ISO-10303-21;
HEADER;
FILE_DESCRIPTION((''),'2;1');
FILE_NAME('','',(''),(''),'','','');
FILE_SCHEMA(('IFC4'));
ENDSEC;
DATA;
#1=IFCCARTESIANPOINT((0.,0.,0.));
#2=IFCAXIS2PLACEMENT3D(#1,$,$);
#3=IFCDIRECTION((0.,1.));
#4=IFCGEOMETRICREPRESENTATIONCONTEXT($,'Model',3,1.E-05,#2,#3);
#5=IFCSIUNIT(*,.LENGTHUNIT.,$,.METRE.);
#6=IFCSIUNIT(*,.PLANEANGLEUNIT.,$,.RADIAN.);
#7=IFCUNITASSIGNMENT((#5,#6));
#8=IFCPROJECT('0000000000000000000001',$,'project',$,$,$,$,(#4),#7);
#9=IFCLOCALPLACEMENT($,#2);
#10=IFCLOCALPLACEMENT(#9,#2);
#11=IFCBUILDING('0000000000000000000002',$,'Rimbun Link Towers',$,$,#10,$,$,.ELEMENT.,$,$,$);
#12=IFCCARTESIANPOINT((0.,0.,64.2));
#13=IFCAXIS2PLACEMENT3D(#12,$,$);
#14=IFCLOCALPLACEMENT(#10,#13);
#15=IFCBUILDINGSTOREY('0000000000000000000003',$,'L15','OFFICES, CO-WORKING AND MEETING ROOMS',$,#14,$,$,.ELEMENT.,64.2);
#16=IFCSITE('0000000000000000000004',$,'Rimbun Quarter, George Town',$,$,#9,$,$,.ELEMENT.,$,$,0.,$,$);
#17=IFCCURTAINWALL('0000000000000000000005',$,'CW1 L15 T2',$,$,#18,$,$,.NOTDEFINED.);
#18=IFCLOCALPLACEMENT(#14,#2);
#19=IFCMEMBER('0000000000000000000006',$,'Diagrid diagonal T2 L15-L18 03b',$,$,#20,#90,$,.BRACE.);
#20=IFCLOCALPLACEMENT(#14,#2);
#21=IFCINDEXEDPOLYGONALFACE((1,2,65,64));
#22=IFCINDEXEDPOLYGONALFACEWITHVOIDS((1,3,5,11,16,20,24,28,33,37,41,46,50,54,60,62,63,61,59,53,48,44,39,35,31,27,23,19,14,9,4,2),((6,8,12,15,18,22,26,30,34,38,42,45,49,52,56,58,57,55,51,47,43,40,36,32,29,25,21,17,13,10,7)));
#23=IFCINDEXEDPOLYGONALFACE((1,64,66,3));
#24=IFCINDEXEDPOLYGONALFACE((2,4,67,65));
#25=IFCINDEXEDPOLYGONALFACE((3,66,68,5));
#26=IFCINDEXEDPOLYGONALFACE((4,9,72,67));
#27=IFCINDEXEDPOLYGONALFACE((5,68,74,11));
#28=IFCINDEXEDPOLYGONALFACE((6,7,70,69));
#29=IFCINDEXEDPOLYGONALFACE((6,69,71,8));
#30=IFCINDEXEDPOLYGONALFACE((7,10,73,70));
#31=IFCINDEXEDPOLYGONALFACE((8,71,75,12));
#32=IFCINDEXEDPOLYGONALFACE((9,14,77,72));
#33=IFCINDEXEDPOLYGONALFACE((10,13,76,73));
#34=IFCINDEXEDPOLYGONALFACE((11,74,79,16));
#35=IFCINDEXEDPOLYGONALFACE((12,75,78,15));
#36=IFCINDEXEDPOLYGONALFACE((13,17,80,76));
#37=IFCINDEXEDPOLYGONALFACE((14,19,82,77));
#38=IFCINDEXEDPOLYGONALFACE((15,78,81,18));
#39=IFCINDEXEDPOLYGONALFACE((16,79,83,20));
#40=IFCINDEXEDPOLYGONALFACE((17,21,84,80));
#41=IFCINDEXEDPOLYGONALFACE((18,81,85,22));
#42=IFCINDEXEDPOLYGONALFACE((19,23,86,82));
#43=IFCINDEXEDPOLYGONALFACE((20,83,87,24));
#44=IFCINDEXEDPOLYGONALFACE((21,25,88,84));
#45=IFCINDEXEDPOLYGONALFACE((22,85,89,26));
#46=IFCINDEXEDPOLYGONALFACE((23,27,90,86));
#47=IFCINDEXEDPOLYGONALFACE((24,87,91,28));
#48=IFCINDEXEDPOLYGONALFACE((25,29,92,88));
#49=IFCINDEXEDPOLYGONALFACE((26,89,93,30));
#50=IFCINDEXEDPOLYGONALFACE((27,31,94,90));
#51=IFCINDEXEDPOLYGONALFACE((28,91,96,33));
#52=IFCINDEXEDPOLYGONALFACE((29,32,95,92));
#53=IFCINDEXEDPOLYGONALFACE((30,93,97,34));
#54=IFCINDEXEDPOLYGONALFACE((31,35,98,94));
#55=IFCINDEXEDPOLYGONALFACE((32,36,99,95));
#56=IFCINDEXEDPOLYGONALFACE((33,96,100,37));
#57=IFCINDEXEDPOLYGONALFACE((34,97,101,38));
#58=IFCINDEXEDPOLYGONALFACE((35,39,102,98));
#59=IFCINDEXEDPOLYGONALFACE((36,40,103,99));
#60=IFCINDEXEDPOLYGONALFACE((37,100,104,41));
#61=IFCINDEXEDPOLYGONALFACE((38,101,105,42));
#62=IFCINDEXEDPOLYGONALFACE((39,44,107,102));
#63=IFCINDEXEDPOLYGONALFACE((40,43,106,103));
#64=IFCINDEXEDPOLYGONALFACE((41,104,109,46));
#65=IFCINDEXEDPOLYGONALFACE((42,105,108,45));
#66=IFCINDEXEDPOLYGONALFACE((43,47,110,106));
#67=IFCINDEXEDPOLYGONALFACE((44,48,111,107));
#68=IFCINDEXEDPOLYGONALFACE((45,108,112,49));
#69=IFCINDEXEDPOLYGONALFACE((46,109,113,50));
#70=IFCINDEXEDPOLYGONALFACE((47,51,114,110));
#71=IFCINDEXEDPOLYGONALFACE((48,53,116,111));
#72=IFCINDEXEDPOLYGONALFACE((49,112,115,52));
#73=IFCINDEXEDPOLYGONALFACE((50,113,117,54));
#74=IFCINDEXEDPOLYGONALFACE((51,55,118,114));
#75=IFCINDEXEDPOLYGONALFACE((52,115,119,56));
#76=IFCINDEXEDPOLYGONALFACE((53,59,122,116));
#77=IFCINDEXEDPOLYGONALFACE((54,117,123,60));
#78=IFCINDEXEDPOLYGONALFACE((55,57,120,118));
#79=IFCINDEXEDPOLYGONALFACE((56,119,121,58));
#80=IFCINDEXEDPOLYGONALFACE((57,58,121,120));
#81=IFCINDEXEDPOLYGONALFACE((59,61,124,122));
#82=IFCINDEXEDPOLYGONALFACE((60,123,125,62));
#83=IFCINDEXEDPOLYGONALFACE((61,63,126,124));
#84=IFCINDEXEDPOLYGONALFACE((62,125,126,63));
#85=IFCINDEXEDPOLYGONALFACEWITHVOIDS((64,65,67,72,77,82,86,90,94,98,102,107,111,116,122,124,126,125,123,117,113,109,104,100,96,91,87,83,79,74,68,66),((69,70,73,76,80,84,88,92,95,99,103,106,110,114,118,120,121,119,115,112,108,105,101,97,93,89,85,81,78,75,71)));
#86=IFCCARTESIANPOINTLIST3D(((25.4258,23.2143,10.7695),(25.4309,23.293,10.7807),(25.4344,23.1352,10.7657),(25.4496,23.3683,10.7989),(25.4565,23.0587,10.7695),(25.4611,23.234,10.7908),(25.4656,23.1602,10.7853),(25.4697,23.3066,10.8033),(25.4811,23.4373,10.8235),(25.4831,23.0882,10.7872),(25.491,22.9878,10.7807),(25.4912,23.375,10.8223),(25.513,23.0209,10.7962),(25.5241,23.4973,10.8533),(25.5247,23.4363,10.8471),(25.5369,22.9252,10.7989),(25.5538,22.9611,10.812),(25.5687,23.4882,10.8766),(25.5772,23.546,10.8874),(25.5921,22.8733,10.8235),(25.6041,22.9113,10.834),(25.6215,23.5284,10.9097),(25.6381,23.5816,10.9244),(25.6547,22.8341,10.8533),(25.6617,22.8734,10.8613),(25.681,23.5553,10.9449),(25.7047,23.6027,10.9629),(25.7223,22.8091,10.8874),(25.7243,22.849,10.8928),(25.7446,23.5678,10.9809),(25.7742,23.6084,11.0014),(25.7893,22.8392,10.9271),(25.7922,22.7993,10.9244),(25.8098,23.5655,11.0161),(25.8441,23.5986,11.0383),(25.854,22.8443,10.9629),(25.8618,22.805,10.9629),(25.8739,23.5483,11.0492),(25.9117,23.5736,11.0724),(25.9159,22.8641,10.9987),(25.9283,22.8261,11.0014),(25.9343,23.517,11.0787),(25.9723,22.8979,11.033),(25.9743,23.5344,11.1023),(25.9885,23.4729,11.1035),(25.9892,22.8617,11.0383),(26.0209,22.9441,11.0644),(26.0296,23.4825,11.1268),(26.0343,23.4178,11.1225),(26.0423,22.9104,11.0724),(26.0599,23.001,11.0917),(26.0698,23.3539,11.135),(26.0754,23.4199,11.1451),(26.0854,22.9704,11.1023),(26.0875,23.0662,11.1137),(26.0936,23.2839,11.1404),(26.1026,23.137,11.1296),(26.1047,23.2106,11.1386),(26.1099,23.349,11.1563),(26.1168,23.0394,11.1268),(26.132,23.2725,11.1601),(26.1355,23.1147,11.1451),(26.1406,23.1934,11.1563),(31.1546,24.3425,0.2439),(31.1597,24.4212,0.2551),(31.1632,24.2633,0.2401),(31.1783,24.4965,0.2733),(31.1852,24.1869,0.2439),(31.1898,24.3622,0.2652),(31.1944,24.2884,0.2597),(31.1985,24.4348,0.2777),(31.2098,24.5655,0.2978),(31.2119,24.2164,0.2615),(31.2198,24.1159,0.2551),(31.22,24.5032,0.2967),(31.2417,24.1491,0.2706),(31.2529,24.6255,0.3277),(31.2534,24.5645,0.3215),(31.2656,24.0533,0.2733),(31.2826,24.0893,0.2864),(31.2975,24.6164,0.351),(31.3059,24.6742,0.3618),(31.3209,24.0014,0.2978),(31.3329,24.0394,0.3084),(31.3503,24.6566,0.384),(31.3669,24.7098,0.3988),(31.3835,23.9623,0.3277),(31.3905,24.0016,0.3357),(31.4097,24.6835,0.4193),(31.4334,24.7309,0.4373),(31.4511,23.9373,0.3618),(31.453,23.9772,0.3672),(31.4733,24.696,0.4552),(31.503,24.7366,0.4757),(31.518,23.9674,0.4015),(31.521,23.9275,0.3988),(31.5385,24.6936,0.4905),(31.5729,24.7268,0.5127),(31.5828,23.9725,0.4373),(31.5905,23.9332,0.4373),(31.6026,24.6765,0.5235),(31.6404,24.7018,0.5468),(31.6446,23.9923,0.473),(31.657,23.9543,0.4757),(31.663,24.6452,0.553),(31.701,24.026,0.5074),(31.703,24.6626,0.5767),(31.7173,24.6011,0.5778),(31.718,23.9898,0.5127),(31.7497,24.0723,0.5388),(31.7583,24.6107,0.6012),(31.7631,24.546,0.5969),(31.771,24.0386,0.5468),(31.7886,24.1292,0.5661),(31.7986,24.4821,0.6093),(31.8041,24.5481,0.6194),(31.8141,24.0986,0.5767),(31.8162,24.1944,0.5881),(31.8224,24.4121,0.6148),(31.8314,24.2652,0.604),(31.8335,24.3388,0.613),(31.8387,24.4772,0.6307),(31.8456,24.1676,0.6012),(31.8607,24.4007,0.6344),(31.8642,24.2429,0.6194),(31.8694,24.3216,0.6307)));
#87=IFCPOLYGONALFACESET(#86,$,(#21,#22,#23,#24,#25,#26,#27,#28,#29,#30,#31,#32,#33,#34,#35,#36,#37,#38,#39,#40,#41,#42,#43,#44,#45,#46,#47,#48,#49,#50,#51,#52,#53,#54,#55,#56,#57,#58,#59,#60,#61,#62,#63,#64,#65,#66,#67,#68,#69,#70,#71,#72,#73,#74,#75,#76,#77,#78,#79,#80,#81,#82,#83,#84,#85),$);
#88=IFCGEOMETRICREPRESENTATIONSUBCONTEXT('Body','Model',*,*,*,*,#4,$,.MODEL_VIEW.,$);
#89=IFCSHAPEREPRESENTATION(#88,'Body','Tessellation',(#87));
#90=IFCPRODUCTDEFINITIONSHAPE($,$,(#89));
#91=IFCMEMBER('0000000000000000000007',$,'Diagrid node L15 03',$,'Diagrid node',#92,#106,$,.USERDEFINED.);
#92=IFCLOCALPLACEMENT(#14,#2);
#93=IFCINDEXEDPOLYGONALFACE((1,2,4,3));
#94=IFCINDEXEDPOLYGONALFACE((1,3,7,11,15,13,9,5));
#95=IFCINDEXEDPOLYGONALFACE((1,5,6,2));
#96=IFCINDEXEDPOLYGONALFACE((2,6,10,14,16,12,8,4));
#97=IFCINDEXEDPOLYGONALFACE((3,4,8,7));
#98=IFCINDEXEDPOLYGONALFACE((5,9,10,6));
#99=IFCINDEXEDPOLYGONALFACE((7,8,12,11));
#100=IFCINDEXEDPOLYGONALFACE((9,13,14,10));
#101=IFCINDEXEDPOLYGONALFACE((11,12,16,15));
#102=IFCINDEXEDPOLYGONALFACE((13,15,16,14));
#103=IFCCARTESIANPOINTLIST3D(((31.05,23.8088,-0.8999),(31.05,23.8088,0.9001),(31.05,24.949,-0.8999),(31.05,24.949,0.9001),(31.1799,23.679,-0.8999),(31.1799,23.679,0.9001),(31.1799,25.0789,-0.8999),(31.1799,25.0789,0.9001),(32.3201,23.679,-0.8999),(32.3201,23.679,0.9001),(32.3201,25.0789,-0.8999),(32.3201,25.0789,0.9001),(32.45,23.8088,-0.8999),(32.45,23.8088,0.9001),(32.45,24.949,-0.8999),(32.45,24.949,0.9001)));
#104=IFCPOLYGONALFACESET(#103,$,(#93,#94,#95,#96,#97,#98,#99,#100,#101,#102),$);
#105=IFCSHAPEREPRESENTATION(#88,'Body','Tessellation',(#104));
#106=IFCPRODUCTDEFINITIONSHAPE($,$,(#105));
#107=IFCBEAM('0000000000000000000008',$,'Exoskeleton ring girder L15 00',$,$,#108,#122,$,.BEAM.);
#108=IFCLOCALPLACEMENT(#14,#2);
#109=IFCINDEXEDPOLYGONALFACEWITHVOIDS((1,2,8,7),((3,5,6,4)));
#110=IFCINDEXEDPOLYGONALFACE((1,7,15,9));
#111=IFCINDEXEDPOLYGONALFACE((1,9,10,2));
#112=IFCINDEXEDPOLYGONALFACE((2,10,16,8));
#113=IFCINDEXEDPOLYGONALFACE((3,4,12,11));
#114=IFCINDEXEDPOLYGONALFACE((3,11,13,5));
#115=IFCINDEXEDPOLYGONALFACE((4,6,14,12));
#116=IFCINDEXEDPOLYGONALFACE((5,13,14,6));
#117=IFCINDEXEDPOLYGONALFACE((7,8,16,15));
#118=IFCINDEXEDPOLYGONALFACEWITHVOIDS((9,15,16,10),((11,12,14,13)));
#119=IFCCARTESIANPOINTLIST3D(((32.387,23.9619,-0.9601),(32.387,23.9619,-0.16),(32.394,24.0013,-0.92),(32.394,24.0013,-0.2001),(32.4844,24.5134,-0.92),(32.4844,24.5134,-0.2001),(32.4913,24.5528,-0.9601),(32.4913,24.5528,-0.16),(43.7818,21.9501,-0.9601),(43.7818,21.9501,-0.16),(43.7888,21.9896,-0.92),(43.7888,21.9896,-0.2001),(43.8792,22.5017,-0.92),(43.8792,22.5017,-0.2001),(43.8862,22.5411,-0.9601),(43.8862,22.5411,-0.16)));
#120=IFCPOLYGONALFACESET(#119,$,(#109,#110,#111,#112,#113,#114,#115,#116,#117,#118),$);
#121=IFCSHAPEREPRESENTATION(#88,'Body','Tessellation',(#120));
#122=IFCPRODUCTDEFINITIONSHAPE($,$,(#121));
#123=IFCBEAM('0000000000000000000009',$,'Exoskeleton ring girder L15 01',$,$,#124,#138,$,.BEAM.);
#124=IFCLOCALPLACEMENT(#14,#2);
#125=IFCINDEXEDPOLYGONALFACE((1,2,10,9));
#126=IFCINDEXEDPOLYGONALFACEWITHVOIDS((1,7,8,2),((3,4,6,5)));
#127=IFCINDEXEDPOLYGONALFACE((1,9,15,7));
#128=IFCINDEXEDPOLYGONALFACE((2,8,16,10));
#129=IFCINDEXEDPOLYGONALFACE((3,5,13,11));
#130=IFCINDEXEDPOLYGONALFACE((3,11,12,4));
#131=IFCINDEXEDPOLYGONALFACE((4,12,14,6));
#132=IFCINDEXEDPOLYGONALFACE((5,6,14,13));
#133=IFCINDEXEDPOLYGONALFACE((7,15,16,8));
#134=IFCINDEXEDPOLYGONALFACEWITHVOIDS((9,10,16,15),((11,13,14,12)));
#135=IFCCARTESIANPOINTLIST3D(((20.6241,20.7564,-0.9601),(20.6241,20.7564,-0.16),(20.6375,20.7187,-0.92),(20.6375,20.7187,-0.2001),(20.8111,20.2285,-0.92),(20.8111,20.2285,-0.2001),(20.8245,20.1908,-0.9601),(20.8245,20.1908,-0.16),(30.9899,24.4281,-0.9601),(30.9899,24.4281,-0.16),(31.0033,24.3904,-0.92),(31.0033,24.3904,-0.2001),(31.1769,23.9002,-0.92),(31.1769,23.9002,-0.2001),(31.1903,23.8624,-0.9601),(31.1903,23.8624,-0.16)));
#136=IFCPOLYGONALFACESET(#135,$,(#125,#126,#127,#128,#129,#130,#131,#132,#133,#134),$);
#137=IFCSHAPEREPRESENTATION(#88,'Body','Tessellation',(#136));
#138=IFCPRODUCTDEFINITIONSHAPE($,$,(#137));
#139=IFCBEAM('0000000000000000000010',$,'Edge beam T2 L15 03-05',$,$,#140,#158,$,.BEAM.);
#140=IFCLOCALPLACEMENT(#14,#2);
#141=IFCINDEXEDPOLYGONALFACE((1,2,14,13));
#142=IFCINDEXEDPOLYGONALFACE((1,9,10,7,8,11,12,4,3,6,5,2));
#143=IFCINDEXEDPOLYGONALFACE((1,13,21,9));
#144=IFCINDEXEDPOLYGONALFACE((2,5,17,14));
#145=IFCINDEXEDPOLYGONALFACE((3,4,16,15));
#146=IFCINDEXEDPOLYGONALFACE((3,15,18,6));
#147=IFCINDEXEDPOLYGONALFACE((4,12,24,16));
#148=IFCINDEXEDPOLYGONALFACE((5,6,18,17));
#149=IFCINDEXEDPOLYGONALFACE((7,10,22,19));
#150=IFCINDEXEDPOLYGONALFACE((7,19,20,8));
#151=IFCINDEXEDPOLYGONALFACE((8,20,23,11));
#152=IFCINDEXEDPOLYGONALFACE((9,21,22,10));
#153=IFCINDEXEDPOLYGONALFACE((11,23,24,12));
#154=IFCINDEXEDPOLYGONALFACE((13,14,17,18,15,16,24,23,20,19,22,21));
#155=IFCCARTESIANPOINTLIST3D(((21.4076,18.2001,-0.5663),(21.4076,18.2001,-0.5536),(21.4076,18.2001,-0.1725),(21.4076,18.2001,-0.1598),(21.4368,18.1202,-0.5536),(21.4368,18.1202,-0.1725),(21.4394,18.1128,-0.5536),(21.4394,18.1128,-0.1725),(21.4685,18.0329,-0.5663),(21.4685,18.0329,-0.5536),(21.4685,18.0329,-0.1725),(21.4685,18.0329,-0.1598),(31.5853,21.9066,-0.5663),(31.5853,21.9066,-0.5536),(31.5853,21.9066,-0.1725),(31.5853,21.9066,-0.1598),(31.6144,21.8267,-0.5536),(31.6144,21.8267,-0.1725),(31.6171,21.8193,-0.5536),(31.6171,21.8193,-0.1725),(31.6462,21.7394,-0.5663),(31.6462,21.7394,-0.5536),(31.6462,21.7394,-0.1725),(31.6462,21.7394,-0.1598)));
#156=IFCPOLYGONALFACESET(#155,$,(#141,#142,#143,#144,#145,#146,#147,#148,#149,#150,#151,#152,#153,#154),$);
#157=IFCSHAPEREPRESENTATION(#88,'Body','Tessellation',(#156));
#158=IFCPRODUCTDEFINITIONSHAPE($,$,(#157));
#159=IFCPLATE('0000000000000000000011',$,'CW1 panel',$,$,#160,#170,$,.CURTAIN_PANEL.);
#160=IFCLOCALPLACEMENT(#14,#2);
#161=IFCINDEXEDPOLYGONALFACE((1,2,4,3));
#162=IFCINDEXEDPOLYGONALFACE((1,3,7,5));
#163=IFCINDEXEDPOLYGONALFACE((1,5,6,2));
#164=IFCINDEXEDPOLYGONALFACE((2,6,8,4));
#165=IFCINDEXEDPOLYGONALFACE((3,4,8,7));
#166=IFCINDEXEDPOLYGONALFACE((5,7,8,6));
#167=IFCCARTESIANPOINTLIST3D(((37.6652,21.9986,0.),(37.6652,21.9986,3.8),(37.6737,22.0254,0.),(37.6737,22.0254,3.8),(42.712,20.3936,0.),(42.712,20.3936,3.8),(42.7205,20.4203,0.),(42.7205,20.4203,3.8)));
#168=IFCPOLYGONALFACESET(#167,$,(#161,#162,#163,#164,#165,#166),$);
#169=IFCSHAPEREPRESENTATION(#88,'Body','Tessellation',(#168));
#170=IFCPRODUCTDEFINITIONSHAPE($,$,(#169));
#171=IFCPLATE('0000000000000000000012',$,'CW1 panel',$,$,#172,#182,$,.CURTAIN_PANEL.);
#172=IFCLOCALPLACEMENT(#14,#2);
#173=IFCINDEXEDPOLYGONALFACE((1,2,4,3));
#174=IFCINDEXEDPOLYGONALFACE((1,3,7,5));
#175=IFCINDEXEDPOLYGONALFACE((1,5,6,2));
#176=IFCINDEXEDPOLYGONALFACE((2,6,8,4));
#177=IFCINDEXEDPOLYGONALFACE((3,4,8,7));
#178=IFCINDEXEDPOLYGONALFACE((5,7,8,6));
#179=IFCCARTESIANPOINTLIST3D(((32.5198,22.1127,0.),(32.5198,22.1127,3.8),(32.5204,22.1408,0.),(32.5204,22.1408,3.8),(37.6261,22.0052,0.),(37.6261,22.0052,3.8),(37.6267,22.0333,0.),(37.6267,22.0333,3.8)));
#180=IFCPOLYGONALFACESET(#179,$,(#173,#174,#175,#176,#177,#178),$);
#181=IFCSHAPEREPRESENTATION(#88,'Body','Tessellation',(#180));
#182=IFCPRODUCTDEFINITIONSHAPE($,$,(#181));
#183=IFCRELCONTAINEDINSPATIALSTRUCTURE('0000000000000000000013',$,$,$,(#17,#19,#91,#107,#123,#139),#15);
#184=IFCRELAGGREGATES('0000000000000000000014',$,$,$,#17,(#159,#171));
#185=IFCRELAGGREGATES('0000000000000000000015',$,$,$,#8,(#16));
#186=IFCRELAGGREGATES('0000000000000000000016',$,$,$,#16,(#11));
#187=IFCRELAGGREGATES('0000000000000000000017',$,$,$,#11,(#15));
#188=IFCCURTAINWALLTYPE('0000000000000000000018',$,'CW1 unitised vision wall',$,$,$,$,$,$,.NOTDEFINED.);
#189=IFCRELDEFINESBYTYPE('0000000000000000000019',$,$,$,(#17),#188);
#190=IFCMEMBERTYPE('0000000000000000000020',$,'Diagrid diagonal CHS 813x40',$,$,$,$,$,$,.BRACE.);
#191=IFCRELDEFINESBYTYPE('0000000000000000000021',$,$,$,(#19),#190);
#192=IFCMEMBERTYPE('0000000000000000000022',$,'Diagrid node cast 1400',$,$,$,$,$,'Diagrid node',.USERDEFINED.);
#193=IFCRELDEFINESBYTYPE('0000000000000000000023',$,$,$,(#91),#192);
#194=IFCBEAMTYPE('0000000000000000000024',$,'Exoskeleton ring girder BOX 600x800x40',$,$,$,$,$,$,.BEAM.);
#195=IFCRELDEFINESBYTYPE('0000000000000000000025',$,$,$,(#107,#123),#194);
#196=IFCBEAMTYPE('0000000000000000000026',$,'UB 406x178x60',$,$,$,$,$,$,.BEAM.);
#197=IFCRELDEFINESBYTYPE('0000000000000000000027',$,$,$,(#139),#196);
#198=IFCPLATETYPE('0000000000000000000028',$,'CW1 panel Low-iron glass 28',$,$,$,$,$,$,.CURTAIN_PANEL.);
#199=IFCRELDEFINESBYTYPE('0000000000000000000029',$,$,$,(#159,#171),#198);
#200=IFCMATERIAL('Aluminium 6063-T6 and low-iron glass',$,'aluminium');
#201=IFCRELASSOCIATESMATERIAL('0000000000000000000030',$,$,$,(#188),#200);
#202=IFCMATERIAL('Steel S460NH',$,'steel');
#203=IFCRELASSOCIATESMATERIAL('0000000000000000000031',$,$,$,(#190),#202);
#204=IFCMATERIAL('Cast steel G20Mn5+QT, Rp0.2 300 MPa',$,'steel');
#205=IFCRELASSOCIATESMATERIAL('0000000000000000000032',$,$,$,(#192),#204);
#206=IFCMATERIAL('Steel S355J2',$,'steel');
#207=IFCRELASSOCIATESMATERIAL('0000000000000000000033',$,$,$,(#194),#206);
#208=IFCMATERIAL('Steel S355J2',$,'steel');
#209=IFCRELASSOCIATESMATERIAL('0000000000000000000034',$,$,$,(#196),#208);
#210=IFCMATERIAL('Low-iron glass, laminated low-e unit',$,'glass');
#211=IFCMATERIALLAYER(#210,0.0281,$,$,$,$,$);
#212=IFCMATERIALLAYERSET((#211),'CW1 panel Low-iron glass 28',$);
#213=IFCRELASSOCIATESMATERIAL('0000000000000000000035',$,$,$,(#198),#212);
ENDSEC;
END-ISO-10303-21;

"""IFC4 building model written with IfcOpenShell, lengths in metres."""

from ifc_helpers import new_model, si_unit, direction, frame, origin, origin_2d, place, context, subcontext, project, spatial, polyline, rectangle, hollow_rectangle, hollow_circle, i_section, outline, extrude, material, layer, layer_set, material_profile, profile_set, type_object, element, aggregate, save


model = new_model("IFC4")

# Units and contexts
model_context = context("Model", 3, precision=1e-05, world=origin(), true_north=direction((0.0, 1.0)))
body_context = subcontext(model_context, "Body", "Model", "MODEL_VIEW")
ifc_project = project(units=[si_unit("LENGTHUNIT", "METRE"), si_unit("PLANEANGLEUNIT", "RADIAN")], contexts=[model_context])

# Site, building, storey
site_placement = place(None, origin())
site = spatial("IfcSite", under=ifc_project, at=site_placement, Name="Rimbun Quarter, George Town", CompositionType="ELEMENT", RefElevation=0.0)
building_placement = place(site_placement, origin())
building = spatial("IfcBuilding", under=site, at=building_placement, Name="Rimbun Link Towers", CompositionType="ELEMENT")
storey_placement = place(building_placement, frame((0.0, 0.0, 64.2)))
storey = spatial("IfcBuildingStorey", under=building, at=storey_placement, Name="L15", Description="OFFICES, CO-WORKING AND MEETING ROOMS", CompositionType="ELEMENT", Elevation=64.2)

# Curtain wall
ifc_material_1 = material(Name="Aluminium 6063-T6 and low-iron glass", Category="aluminium")
curtain_wall_type = type_object("IfcCurtainWallType", Name="CW1 unitised vision wall", PredefinedType="NOTDEFINED", material=ifc_material_1)
curtain_wall_placement = place(storey_placement, origin())
curtain_wall = element("IfcCurtainWall", 1, at=curtain_wall_placement, inside=storey, type_object=curtain_wall_type, Name="CW1 L15 T2", PredefinedType="NOTDEFINED")

# Members
ifc_material_2 = material(Name="Steel S460NH", Category="steel")
ifc_material_profile_1 = material_profile(ifc_material_2, hollow_circle(Radius=0.4065, WallThickness=0.04, at=origin_2d()), Name="Diagrid diagonal CHS 813x40")
ifc_profile_set_1 = profile_set([ifc_material_profile_1], Name="Steel S460NH")
member_type_1 = type_object("IfcMemberType", Name="Diagrid diagonal CHS 813x40", PredefinedType="BRACE", material=ifc_profile_set_1)
member_1_placement = place(storey_placement, frame((31.512, 24.332, 0.4373), z_axis=(-0.475944, -0.093728, 0.874467), x_axis=(0.19322, -0.981155, 0.0)))
element("IfcMember", 2, at=member_1_placement, inside=storey, type_object=member_type_1, Name="Diagrid diagonal T2 L15-L18 03b", PredefinedType="BRACE", context=body_context, shape_type="SweptSolid", body=[
    extrude(hollow_circle(Radius=0.4065, WallThickness=0.04, at=origin_2d()), origin(), (0.0, 0.0, 1.0), 12.0366),
])
ifc_material_3 = material(Name="Cast steel G20Mn5+QT, Rp0.2 300 MPa", Category="steel")
ifc_material_profile_2 = material_profile(ifc_material_3, outline(polyline([(0.7, -0.5701), (0.7, 0.5701), (0.5701, 0.7), (-0.5701, 0.7), (-0.7, 0.5701), (-0.7, -0.5701), (-0.5701, -0.7), (0.5701, -0.7), (0.7, -0.5701)])), Name="NODE 1400x1400")
ifc_profile_set_2 = profile_set([ifc_material_profile_2], Name="Cast steel G20Mn5+QT, Rp0.2 300 MPa")
member_type_2 = type_object("IfcMemberType", Name="Diagrid node cast 1400", ElementType="Diagrid node", PredefinedType="USERDEFINED", material=ifc_profile_set_2)
member_2_placement = place(storey_placement, frame((31.75, 24.3789, -0.8999), z_axis=(0.0, 0.0, 1.0), x_axis=(0.0, 1.0, 0.0)))
element("IfcMember", 3, at=member_2_placement, inside=storey, type_object=member_type_2, Name="Diagrid node L15 03", ObjectType="Diagrid node", PredefinedType="USERDEFINED", context=body_context, shape_type="SweptSolid", body=[
    extrude(outline(polyline([(0.7, -0.5701), (0.7, 0.5701), (0.5701, 0.7), (-0.5701, 0.7), (-0.7, 0.5701), (-0.7, -0.5701), (-0.5701, -0.7), (0.5701, -0.7), (0.7, -0.5701)])), origin(), (0.0, 0.0, 1.0), 1.8),
])

# Beams
ifc_material_4 = material(Name="Steel S355J2", Category="steel")
ifc_material_profile_3 = material_profile(ifc_material_4, hollow_rectangle(XDim=0.6001, YDim=0.8, WallThickness=0.04, at=origin_2d()), Name="Exoskeleton ring girder BOX 600x800x40")
ifc_profile_set_3 = profile_set([ifc_material_profile_3], Name="Steel S355J2")
beam_type_1 = type_object("IfcBeamType", Name="Exoskeleton ring girder BOX 600x800x40", PredefinedType="BEAM", material=ifc_profile_set_3)
beam_1_placement = place(storey_placement, frame((43.834, 22.2456, -0.5601), z_axis=(-0.984771, 0.173859, 0.0), x_axis=(-0.173859, -0.984771, 0.0)))
element("IfcBeam", 4, at=beam_1_placement, inside=storey, type_object=beam_type_1, Name="Exoskeleton ring girder L15 00", PredefinedType="BEAM", context=body_context, shape_type="SweptSolid", body=[
    extrude(hollow_rectangle(XDim=0.6001, YDim=0.8, WallThickness=0.04, at=origin_2d()), origin(), (0.0, 0.0, 1.0), 11.571),
])
beam_2_placement = place(storey_placement, frame((31.0901, 24.1453, -0.5601), z_axis=(-0.942615, -0.333882, 0.0), x_axis=(0.333882, -0.942615, 0.0)))
element("IfcBeam", 5, at=beam_2_placement, inside=storey, type_object=beam_type_1, Name="Exoskeleton ring girder L15 01", PredefinedType="BEAM", context=body_context, shape_type="SweptSolid", body=[
    extrude(hollow_rectangle(XDim=0.6001, YDim=0.8, WallThickness=0.04, at=origin_2d()), origin(), (0.0, 0.0, 1.0), 10.9968),
])
ifc_material_5 = material(Name="Steel S355J2", Category="steel")
ifc_material_profile_4 = material_profile(ifc_material_5, i_section(OverallWidth=0.178, OverallDepth=0.4065, WebThickness=0.0078, FlangeThickness=0.0127, at=origin_2d()), Name="UB 406x178x60")
ifc_profile_set_4 = profile_set([ifc_material_profile_4], Name="Steel S355J2")
beam_type_2 = type_object("IfcBeamType", Name="UB 406x178x60", PredefinedType="BEAM", material=ifc_profile_set_4)
beam_3_placement = place(storey_placement, frame((31.6157, 21.823, -0.363), z_axis=(-0.939629, -0.342195, 0.0), x_axis=(0.342195, -0.939629, 0.0)))
element("IfcBeam", 6, at=beam_3_placement, inside=storey, type_object=beam_type_2, Name="Edge beam T2 L15 03-05", PredefinedType="BEAM", context=body_context, shape_type="SweptSolid", body=[
    extrude(i_section(OverallWidth=0.178, OverallDepth=0.4065, WebThickness=0.0078, FlangeThickness=0.0127, at=origin_2d()), origin(), (0.0, 0.0, 1.0), 10.8315),
])

# Plates
ifc_material_6 = material(Name="Low-iron glass, laminated low-e unit", Category="glass")
ifc_layer = layer(ifc_material_6, 0.0281)
ifc_layer_set = layer_set([ifc_layer], Name="CW1 panel Low-iron glass 28")
plate_type = type_object("IfcPlateType", Name="CW1 panel Low-iron glass 28", PredefinedType="CURTAIN_PANEL", material=ifc_layer_set)
plate_1_placement = place(storey_placement, frame((40.1929, 21.2095, 0.0), z_axis=(0.0, 0.0, 1.0), x_axis=(0.95297, -0.303066, 0.0)))
plate_1 = element("IfcPlate", 7, at=plate_1_placement, type_object=plate_type, Name="CW1 panel", PredefinedType="CURTAIN_PANEL", context=body_context, shape_type="SweptSolid", body=[
    extrude(rectangle(XDim=5.2959, YDim=0.0281, at=origin_2d()), origin(), (0.0, 0.0, 1.0), 3.8),
])
plate_2_placement = place(storey_placement, frame((35.0732, 22.073, 0.0), z_axis=(0.0, 0.0, 1.0), x_axis=(0.999778, -0.02106, 0.0)))
plate_2 = element("IfcPlate", 8, at=plate_2_placement, type_object=plate_type, Name="CW1 panel", PredefinedType="CURTAIN_PANEL", context=body_context, shape_type="SweptSolid", body=[
    extrude(rectangle(XDim=5.1074, YDim=0.0281, at=origin_2d()), origin(), (0.0, 0.0, 1.0), 3.8),
])
aggregate(curtain_wall, [plate_1, plate_2])

save(model, "model.ifc")
